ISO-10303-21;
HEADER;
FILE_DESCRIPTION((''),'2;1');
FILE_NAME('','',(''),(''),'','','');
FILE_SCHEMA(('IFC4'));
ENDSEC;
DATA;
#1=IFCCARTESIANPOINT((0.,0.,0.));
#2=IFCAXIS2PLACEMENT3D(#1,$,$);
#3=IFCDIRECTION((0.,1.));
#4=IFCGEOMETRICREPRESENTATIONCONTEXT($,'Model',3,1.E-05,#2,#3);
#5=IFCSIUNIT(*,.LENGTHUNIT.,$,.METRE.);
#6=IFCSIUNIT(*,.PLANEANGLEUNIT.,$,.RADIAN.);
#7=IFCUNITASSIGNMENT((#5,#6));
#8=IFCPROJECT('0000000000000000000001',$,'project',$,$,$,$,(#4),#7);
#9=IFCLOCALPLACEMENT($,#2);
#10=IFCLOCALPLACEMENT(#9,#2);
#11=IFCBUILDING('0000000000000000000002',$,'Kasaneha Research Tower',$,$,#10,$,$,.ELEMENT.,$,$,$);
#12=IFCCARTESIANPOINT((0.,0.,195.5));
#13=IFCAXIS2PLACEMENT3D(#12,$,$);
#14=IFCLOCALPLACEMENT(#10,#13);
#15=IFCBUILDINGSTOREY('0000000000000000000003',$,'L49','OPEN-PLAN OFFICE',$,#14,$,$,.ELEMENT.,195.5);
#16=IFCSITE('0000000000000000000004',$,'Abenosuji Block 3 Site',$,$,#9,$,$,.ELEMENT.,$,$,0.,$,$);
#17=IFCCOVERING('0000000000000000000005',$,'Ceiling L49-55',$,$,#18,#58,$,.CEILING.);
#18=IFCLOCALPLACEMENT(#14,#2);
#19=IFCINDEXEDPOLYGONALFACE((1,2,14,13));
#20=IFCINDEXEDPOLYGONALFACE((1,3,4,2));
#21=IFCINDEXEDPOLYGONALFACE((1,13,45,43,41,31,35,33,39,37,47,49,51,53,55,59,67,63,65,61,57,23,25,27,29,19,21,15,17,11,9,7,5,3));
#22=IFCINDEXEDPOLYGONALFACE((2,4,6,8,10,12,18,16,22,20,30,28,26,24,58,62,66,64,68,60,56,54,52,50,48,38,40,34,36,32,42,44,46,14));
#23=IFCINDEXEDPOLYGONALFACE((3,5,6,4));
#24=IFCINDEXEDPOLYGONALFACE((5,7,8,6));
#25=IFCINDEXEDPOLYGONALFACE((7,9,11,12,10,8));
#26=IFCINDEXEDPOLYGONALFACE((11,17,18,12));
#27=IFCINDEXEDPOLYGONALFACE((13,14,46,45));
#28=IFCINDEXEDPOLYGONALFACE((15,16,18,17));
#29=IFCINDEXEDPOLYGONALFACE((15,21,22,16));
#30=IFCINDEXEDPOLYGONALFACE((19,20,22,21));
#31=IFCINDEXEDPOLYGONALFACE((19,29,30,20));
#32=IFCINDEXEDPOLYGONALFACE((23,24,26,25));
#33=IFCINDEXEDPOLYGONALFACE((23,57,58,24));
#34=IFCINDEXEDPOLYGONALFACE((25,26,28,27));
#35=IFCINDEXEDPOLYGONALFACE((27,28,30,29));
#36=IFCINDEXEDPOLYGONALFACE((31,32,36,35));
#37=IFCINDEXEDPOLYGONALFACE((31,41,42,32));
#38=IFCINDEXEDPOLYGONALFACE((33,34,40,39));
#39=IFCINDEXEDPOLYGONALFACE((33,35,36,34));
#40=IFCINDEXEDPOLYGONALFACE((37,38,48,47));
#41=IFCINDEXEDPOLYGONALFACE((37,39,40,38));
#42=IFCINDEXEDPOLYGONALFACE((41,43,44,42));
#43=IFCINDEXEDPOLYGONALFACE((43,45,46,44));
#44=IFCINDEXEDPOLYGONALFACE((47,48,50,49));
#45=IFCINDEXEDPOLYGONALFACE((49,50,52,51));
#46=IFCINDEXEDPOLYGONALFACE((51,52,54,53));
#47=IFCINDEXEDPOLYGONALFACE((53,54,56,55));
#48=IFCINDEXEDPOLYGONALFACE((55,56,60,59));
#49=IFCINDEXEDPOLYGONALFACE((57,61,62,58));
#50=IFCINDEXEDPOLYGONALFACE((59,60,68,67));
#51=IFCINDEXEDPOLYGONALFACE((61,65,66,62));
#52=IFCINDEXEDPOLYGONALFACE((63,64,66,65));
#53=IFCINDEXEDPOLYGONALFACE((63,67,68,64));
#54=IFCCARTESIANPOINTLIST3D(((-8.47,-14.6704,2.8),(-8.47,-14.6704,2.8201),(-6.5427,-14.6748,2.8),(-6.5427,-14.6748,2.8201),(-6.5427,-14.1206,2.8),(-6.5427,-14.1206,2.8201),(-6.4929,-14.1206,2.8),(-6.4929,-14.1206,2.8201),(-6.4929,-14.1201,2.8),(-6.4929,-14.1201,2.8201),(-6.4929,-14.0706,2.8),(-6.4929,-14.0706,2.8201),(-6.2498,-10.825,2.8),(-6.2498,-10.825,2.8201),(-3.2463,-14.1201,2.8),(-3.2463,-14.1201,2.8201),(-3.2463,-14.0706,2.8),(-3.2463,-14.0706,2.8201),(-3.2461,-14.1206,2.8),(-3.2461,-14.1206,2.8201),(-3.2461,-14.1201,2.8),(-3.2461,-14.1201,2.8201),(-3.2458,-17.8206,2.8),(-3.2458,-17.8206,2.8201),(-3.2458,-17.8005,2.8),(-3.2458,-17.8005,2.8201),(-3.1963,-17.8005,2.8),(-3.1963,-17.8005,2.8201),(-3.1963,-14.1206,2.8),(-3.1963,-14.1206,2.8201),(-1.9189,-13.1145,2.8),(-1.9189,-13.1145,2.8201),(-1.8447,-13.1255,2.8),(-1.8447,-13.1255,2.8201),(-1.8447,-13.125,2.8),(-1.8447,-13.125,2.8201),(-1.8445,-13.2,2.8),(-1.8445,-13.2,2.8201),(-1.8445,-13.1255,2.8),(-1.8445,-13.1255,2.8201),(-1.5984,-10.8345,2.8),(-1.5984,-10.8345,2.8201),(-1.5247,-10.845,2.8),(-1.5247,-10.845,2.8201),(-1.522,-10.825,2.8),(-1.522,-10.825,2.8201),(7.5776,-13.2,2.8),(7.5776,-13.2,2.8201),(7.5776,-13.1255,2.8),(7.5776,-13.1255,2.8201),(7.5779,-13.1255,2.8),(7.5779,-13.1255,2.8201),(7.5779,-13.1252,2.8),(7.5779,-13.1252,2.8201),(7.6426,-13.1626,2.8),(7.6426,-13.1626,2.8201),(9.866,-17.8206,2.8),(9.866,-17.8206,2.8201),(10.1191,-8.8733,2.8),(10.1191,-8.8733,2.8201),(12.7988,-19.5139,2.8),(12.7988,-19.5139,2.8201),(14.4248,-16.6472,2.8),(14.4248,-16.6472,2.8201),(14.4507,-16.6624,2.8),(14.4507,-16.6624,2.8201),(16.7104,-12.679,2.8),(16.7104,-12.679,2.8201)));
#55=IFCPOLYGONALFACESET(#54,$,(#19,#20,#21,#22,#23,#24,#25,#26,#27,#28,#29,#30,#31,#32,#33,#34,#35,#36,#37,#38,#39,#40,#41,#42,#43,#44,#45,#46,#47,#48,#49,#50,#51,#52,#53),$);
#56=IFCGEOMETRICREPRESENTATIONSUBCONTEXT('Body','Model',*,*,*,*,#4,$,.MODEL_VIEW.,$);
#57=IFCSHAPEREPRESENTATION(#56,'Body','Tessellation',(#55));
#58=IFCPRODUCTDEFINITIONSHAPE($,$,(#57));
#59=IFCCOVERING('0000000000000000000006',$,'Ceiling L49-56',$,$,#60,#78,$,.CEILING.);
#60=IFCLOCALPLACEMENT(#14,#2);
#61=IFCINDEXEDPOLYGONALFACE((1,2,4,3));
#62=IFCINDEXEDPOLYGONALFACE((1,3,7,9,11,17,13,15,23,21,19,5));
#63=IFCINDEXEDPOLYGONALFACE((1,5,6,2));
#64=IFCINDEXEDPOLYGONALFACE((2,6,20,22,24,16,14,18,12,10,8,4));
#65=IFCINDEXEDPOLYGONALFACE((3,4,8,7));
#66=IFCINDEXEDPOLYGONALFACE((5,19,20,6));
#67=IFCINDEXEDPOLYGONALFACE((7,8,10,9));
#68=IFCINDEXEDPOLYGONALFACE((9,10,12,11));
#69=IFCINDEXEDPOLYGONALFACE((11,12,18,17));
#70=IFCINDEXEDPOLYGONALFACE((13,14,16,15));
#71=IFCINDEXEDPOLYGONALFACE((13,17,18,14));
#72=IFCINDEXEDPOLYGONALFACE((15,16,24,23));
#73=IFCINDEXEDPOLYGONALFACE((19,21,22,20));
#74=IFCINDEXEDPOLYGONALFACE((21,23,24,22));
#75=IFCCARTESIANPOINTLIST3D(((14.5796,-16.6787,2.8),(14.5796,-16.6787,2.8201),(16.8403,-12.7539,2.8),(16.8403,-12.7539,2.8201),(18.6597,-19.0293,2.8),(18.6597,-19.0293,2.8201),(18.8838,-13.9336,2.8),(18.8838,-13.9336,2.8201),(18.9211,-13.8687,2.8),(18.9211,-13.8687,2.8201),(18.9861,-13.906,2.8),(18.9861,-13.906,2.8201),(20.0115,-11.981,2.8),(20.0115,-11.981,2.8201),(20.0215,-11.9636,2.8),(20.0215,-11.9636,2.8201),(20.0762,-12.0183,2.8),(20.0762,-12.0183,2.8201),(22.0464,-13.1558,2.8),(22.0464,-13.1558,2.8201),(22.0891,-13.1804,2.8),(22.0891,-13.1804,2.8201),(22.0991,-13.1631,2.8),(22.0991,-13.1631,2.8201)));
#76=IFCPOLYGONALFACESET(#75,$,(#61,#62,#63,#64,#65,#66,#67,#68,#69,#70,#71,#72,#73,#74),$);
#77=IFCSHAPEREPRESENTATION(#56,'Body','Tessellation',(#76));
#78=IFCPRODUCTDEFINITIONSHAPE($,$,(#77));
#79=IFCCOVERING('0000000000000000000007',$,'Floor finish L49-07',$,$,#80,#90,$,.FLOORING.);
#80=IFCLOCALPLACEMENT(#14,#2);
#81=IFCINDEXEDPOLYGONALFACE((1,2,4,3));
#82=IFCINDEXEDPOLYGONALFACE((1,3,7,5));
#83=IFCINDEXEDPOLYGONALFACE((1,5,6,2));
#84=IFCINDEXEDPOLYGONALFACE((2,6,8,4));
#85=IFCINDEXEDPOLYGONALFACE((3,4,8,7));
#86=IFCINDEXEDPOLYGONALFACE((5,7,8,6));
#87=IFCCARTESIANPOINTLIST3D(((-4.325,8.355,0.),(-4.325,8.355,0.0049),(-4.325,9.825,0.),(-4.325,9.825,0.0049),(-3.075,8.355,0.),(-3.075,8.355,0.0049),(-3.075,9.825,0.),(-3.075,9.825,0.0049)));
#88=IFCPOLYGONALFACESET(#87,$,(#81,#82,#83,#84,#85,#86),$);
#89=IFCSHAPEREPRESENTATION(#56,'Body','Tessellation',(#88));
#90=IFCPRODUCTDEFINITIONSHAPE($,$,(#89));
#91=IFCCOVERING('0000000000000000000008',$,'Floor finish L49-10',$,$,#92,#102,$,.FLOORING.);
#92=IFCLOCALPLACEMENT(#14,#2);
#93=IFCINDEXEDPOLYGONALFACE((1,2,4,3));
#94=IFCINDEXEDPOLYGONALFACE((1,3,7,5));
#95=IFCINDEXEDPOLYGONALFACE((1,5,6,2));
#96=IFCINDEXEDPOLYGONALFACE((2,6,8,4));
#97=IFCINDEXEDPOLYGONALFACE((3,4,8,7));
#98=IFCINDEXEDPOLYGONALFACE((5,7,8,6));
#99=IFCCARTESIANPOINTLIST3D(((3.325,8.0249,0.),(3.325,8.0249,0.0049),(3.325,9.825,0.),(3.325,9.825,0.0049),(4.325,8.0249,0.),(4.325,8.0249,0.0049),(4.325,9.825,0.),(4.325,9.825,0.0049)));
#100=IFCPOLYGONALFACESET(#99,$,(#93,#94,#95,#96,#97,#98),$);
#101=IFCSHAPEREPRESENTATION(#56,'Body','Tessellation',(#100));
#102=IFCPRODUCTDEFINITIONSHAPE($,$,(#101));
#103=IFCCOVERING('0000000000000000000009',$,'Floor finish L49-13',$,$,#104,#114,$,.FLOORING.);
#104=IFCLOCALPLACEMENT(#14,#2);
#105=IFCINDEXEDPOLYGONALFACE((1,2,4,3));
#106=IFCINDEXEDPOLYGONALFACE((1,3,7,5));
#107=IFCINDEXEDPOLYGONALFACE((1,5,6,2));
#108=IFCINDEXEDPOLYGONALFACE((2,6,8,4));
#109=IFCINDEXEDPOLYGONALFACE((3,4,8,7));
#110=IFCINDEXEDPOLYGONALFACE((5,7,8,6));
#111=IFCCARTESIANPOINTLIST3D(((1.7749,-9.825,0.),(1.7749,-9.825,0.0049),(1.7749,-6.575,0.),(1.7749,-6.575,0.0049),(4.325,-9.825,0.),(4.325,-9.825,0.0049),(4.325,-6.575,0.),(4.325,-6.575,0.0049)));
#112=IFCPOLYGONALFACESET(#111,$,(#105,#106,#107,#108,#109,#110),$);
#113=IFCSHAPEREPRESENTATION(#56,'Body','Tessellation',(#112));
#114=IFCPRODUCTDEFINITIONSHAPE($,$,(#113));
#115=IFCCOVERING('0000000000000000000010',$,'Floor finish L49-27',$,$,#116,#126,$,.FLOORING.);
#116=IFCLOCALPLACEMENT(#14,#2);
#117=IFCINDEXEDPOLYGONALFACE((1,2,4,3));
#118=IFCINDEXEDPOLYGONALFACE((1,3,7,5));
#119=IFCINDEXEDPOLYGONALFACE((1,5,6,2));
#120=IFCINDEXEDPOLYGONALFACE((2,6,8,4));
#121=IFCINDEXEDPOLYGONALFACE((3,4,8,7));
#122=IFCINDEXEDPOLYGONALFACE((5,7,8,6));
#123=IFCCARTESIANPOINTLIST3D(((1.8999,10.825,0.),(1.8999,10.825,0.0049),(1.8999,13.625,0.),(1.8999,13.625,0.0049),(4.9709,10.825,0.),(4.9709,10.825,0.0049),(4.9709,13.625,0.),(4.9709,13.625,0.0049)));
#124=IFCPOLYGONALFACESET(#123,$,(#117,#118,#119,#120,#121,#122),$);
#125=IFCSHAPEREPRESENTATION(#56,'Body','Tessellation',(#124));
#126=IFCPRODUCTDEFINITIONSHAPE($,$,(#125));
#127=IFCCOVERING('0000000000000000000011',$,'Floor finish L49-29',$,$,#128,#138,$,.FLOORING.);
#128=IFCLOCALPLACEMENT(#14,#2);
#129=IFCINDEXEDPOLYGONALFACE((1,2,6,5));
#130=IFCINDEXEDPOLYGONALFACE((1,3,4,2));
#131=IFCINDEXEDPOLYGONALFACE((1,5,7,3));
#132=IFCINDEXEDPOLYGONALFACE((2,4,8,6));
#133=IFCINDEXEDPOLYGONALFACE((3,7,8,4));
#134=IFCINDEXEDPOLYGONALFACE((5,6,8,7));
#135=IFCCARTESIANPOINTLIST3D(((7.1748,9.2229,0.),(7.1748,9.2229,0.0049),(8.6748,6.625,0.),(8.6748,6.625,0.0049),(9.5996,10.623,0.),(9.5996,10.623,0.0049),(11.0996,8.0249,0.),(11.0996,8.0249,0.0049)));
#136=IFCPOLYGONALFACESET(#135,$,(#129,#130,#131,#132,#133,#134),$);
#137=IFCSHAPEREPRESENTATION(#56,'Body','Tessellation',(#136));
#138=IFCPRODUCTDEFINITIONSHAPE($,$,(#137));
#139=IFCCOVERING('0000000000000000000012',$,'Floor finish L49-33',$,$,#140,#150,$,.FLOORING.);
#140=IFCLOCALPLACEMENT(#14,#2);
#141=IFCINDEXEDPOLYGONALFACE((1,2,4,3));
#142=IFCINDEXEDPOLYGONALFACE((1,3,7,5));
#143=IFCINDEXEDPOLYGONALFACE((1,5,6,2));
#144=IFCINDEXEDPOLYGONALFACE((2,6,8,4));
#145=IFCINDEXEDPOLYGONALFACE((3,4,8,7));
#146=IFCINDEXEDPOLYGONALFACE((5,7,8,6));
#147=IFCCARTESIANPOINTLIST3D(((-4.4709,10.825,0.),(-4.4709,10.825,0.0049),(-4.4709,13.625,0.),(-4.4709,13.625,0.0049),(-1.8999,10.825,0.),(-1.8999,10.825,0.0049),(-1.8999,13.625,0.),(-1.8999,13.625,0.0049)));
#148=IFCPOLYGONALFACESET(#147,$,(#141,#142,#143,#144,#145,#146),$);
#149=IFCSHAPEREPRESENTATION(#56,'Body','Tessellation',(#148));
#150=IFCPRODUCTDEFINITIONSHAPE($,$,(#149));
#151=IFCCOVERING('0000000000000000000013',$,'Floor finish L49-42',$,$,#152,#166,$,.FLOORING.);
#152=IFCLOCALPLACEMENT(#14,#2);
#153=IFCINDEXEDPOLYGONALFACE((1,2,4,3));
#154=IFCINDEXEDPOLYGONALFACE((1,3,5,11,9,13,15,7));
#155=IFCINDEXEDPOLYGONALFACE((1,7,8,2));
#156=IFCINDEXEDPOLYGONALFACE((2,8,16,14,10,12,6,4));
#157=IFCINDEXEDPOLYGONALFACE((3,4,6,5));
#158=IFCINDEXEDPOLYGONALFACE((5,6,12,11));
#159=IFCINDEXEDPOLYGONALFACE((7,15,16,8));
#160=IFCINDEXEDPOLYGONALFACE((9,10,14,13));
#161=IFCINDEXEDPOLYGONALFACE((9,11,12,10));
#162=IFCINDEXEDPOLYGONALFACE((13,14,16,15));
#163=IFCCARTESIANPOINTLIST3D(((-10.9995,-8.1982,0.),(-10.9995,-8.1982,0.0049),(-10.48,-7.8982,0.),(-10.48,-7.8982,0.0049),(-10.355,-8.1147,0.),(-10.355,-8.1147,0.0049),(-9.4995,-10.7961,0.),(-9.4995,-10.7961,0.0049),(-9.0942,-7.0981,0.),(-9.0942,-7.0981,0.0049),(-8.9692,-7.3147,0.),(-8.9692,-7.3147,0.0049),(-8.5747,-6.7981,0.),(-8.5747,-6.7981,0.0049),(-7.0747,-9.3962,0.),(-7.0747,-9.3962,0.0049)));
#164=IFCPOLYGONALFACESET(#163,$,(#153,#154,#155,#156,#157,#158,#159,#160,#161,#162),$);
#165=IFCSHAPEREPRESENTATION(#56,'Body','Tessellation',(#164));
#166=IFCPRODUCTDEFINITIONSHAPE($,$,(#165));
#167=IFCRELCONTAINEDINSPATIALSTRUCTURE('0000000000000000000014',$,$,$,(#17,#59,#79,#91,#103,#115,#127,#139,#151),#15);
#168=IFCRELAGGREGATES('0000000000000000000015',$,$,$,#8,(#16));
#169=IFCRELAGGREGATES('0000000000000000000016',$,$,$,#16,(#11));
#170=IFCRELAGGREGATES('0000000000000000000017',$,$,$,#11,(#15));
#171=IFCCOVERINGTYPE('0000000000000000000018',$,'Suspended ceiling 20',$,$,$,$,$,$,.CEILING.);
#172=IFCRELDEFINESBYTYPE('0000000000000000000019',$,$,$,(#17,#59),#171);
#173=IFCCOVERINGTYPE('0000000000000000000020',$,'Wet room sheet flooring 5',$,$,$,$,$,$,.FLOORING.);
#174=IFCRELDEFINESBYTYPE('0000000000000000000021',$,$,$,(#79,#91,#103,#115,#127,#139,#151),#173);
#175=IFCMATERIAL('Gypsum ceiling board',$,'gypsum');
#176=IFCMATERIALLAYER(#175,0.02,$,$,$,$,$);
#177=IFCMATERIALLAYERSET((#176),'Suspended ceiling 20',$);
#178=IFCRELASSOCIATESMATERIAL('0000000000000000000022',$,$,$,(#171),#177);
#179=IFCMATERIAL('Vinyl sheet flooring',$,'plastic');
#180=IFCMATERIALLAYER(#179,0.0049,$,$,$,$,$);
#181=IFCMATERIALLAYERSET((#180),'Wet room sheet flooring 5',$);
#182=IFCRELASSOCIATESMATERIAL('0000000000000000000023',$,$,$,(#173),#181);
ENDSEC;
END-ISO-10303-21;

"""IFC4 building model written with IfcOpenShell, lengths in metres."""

from ifc_helpers import new_model, si_unit, direction, frame, origin, place, context, subcontext, project, spatial, polyline, outline, extrude, material, layer, layer_set, type_object, element, save


model = new_model("IFC4")

# Units and contexts
model_context = context("Model", 3, precision=1e-05, world=origin(), true_north=direction((0.0, 1.0)))
body_context = subcontext(model_context, "Body", "Model", "MODEL_VIEW")
ifc_project = project(units=[si_unit("LENGTHUNIT", "METRE"), si_unit("PLANEANGLEUNIT", "RADIAN")], contexts=[model_context])

# Site, building, storey
site_placement = place(None, origin())
site = spatial("IfcSite", under=ifc_project, at=site_placement, Name="Abenosuji Block 3 Site", CompositionType="ELEMENT", RefElevation=0.0)
building_placement = place(site_placement, origin())
building = spatial("IfcBuilding", under=site, at=building_placement, Name="Kasaneha Research Tower", CompositionType="ELEMENT")
storey_placement = place(building_placement, frame((0.0, 0.0, 195.5)))
storey = spatial("IfcBuildingStorey", under=building, at=storey_placement, Name="L49", Description="OPEN-PLAN OFFICE", CompositionType="ELEMENT", Elevation=195.5)

# Coverings
ifc_material_1 = material(Name="Gypsum ceiling board", Category="gypsum")
ifc_layer_1 = layer(ifc_material_1, 0.02)
ifc_layer_set_1 = layer_set([ifc_layer_1], Name="Suspended ceiling 20")
covering_type_1 = type_object("IfcCoveringType", Name="Suspended ceiling 20", PredefinedType="CEILING", material=ifc_layer_set_1)
covering_1_placement = place(storey_placement, frame((0.0, 0.0, 2.8)))
element("IfcCovering", 1, at=covering_1_placement, inside=storey, type_object=covering_type_1, Name="Ceiling L49-55", PredefinedType="CEILING", context=body_context, shape_type="SweptSolid", body=[
    extrude(outline(polyline([(-3.2463, -14.1201), (-3.2463, -14.0706), (-6.4929, -14.0706), (-6.4929, -14.1201), (-6.4929, -14.1201), (-6.4929, -14.1206), (-6.5427, -14.1206), (-6.5427, -14.6748), (-8.47, -14.6704), (-6.2498, -10.825), (-1.522, -10.825), (-1.5247, -10.845), (-1.5984, -10.8345), (-1.9189, -13.1145), (-1.8447, -13.125), (-1.8447, -13.1255), (-1.8445, -13.1255), (-1.8445, -13.2), (7.5776, -13.2), (7.5776, -13.1255), (7.5779, -13.1255), (7.5779, -13.1252), (7.6426, -13.1626), (10.1191, -8.8733), (16.7104, -12.679), (14.4248, -16.6472), (14.4507, -16.6624), (12.7988, -19.5139), (9.866, -17.8206), (-3.2458, -17.8206), (-3.2458, -17.8005), (-3.1963, -17.8005), (-3.1963, -14.1206), (-3.2461, -14.1206), (-3.2461, -14.1201), (-3.2463, -14.1201)])), origin(), (0.0, 0.0, 1.0), 0.02),
])
covering_2_placement = place(storey_placement, frame((0.0, 0.0, 2.8)))
element("IfcCovering", 2, at=covering_2_placement, inside=storey, type_object=covering_type_1, Name="Ceiling L49-56", PredefinedType="CEILING", context=body_context, shape_type="SweptSolid", body=[
    extrude(outline(polyline([(22.0991, -13.1631), (22.0891, -13.1804), (22.0464, -13.1558), (18.6597, -19.0293), (14.5796, -16.6787), (16.8403, -12.7539), (18.8838, -13.9336), (18.9211, -13.8687), (18.9861, -13.906), (20.0762, -12.0183), (20.0115, -11.981), (20.0215, -11.9636), (22.0991, -13.1631)])), origin(), (0.0, 0.0, 1.0), 0.02),
])
ifc_material_2 = material(Name="Vinyl sheet flooring", Category="plastic")
ifc_layer_2 = layer(ifc_material_2, 0.0049)
ifc_layer_set_2 = layer_set([ifc_layer_2], Name="Wet room sheet flooring 5")
covering_type_2 = type_object("IfcCoveringType", Name="Wet room sheet flooring 5", PredefinedType="FLOORING", material=ifc_layer_set_2)
covering_3_placement = place(storey_placement, origin())
element("IfcCovering", 3, at=covering_3_placement, inside=storey, type_object=covering_type_2, Name="Floor finish L49-07", PredefinedType="FLOORING", context=body_context, shape_type="SweptSolid", body=[
    extrude(outline(polyline([(-4.325, 8.355), (-4.325, 9.825), (-3.075, 9.825), (-3.075, 8.355), (-4.325, 8.355)])), origin(), (0.0, 0.0, 1.0), 0.0049),
])
covering_4_placement = place(storey_placement, origin())
element("IfcCovering", 4, at=covering_4_placement, inside=storey, type_object=covering_type_2, Name="Floor finish L49-10", PredefinedType="FLOORING", context=body_context, shape_type="SweptSolid", body=[
    extrude(outline(polyline([(4.325, 8.0249), (3.325, 8.0249), (3.325, 9.825), (4.325, 9.825), (4.325, 8.0249)])), origin(), (0.0, 0.0, 1.0), 0.0049),
])
covering_5_placement = place(storey_placement, origin())
element("IfcCovering", 5, at=covering_5_placement, inside=storey, type_object=covering_type_2, Name="Floor finish L49-13", PredefinedType="FLOORING", context=body_context, shape_type="SweptSolid", body=[
    extrude(outline(polyline([(1.7749, -9.825), (1.7749, -6.575), (4.325, -6.575), (4.325, -9.825), (1.7749, -9.825)])), origin(), (0.0, 0.0, 1.0), 0.0049),
])
covering_6_placement = place(storey_placement, origin())
element("IfcCovering", 6, at=covering_6_placement, inside=storey, type_object=covering_type_2, Name="Floor finish L49-27", PredefinedType="FLOORING", context=body_context, shape_type="SweptSolid", body=[
    extrude(outline(polyline([(4.9709, 13.625), (4.9709, 10.825), (1.8999, 10.825), (1.8999, 13.625), (4.9709, 13.625)])), origin(), (0.0, 0.0, 1.0), 0.0049),
])
covering_7_placement = place(storey_placement, origin())
element("IfcCovering", 7, at=covering_7_placement, inside=storey, type_object=covering_type_2, Name="Floor finish L49-29", PredefinedType="FLOORING", context=body_context, shape_type="SweptSolid", body=[
    extrude(outline(polyline([(11.0996, 8.0249), (8.6748, 6.625), (7.1748, 9.2229), (9.5996, 10.623), (11.0996, 8.0249)])), origin(), (0.0, 0.0, 1.0), 0.0049),
])
covering_8_placement = place(storey_placement, origin())
element("IfcCovering", 8, at=covering_8_placement, inside=storey, type_object=covering_type_2, Name="Floor finish L49-33", PredefinedType="FLOORING", context=body_context, shape_type="SweptSolid", body=[
    extrude(outline(polyline([(-1.8999, 13.625), (-1.8999, 10.825), (-4.4709, 10.825), (-4.4709, 13.625), (-1.8999, 13.625)])), origin(), (0.0, 0.0, 1.0), 0.0049),
])
covering_9_placement = place(storey_placement, origin())
element("IfcCovering", 9, at=covering_9_placement, inside=storey, type_object=covering_type_2, Name="Floor finish L49-42", PredefinedType="FLOORING", context=body_context, shape_type="SweptSolid", body=[
    extrude(outline(polyline([(-10.9995, -8.1982), (-10.48, -7.8982), (-10.355, -8.1147), (-8.9692, -7.3147), (-9.0942, -7.0981), (-8.5747, -6.7981), (-7.0747, -9.3962), (-9.4995, -10.7961), (-10.9995, -8.1982)])), origin(), (0.0, 0.0, 1.0), 0.0049),
])

save(model, "model.ifc")
